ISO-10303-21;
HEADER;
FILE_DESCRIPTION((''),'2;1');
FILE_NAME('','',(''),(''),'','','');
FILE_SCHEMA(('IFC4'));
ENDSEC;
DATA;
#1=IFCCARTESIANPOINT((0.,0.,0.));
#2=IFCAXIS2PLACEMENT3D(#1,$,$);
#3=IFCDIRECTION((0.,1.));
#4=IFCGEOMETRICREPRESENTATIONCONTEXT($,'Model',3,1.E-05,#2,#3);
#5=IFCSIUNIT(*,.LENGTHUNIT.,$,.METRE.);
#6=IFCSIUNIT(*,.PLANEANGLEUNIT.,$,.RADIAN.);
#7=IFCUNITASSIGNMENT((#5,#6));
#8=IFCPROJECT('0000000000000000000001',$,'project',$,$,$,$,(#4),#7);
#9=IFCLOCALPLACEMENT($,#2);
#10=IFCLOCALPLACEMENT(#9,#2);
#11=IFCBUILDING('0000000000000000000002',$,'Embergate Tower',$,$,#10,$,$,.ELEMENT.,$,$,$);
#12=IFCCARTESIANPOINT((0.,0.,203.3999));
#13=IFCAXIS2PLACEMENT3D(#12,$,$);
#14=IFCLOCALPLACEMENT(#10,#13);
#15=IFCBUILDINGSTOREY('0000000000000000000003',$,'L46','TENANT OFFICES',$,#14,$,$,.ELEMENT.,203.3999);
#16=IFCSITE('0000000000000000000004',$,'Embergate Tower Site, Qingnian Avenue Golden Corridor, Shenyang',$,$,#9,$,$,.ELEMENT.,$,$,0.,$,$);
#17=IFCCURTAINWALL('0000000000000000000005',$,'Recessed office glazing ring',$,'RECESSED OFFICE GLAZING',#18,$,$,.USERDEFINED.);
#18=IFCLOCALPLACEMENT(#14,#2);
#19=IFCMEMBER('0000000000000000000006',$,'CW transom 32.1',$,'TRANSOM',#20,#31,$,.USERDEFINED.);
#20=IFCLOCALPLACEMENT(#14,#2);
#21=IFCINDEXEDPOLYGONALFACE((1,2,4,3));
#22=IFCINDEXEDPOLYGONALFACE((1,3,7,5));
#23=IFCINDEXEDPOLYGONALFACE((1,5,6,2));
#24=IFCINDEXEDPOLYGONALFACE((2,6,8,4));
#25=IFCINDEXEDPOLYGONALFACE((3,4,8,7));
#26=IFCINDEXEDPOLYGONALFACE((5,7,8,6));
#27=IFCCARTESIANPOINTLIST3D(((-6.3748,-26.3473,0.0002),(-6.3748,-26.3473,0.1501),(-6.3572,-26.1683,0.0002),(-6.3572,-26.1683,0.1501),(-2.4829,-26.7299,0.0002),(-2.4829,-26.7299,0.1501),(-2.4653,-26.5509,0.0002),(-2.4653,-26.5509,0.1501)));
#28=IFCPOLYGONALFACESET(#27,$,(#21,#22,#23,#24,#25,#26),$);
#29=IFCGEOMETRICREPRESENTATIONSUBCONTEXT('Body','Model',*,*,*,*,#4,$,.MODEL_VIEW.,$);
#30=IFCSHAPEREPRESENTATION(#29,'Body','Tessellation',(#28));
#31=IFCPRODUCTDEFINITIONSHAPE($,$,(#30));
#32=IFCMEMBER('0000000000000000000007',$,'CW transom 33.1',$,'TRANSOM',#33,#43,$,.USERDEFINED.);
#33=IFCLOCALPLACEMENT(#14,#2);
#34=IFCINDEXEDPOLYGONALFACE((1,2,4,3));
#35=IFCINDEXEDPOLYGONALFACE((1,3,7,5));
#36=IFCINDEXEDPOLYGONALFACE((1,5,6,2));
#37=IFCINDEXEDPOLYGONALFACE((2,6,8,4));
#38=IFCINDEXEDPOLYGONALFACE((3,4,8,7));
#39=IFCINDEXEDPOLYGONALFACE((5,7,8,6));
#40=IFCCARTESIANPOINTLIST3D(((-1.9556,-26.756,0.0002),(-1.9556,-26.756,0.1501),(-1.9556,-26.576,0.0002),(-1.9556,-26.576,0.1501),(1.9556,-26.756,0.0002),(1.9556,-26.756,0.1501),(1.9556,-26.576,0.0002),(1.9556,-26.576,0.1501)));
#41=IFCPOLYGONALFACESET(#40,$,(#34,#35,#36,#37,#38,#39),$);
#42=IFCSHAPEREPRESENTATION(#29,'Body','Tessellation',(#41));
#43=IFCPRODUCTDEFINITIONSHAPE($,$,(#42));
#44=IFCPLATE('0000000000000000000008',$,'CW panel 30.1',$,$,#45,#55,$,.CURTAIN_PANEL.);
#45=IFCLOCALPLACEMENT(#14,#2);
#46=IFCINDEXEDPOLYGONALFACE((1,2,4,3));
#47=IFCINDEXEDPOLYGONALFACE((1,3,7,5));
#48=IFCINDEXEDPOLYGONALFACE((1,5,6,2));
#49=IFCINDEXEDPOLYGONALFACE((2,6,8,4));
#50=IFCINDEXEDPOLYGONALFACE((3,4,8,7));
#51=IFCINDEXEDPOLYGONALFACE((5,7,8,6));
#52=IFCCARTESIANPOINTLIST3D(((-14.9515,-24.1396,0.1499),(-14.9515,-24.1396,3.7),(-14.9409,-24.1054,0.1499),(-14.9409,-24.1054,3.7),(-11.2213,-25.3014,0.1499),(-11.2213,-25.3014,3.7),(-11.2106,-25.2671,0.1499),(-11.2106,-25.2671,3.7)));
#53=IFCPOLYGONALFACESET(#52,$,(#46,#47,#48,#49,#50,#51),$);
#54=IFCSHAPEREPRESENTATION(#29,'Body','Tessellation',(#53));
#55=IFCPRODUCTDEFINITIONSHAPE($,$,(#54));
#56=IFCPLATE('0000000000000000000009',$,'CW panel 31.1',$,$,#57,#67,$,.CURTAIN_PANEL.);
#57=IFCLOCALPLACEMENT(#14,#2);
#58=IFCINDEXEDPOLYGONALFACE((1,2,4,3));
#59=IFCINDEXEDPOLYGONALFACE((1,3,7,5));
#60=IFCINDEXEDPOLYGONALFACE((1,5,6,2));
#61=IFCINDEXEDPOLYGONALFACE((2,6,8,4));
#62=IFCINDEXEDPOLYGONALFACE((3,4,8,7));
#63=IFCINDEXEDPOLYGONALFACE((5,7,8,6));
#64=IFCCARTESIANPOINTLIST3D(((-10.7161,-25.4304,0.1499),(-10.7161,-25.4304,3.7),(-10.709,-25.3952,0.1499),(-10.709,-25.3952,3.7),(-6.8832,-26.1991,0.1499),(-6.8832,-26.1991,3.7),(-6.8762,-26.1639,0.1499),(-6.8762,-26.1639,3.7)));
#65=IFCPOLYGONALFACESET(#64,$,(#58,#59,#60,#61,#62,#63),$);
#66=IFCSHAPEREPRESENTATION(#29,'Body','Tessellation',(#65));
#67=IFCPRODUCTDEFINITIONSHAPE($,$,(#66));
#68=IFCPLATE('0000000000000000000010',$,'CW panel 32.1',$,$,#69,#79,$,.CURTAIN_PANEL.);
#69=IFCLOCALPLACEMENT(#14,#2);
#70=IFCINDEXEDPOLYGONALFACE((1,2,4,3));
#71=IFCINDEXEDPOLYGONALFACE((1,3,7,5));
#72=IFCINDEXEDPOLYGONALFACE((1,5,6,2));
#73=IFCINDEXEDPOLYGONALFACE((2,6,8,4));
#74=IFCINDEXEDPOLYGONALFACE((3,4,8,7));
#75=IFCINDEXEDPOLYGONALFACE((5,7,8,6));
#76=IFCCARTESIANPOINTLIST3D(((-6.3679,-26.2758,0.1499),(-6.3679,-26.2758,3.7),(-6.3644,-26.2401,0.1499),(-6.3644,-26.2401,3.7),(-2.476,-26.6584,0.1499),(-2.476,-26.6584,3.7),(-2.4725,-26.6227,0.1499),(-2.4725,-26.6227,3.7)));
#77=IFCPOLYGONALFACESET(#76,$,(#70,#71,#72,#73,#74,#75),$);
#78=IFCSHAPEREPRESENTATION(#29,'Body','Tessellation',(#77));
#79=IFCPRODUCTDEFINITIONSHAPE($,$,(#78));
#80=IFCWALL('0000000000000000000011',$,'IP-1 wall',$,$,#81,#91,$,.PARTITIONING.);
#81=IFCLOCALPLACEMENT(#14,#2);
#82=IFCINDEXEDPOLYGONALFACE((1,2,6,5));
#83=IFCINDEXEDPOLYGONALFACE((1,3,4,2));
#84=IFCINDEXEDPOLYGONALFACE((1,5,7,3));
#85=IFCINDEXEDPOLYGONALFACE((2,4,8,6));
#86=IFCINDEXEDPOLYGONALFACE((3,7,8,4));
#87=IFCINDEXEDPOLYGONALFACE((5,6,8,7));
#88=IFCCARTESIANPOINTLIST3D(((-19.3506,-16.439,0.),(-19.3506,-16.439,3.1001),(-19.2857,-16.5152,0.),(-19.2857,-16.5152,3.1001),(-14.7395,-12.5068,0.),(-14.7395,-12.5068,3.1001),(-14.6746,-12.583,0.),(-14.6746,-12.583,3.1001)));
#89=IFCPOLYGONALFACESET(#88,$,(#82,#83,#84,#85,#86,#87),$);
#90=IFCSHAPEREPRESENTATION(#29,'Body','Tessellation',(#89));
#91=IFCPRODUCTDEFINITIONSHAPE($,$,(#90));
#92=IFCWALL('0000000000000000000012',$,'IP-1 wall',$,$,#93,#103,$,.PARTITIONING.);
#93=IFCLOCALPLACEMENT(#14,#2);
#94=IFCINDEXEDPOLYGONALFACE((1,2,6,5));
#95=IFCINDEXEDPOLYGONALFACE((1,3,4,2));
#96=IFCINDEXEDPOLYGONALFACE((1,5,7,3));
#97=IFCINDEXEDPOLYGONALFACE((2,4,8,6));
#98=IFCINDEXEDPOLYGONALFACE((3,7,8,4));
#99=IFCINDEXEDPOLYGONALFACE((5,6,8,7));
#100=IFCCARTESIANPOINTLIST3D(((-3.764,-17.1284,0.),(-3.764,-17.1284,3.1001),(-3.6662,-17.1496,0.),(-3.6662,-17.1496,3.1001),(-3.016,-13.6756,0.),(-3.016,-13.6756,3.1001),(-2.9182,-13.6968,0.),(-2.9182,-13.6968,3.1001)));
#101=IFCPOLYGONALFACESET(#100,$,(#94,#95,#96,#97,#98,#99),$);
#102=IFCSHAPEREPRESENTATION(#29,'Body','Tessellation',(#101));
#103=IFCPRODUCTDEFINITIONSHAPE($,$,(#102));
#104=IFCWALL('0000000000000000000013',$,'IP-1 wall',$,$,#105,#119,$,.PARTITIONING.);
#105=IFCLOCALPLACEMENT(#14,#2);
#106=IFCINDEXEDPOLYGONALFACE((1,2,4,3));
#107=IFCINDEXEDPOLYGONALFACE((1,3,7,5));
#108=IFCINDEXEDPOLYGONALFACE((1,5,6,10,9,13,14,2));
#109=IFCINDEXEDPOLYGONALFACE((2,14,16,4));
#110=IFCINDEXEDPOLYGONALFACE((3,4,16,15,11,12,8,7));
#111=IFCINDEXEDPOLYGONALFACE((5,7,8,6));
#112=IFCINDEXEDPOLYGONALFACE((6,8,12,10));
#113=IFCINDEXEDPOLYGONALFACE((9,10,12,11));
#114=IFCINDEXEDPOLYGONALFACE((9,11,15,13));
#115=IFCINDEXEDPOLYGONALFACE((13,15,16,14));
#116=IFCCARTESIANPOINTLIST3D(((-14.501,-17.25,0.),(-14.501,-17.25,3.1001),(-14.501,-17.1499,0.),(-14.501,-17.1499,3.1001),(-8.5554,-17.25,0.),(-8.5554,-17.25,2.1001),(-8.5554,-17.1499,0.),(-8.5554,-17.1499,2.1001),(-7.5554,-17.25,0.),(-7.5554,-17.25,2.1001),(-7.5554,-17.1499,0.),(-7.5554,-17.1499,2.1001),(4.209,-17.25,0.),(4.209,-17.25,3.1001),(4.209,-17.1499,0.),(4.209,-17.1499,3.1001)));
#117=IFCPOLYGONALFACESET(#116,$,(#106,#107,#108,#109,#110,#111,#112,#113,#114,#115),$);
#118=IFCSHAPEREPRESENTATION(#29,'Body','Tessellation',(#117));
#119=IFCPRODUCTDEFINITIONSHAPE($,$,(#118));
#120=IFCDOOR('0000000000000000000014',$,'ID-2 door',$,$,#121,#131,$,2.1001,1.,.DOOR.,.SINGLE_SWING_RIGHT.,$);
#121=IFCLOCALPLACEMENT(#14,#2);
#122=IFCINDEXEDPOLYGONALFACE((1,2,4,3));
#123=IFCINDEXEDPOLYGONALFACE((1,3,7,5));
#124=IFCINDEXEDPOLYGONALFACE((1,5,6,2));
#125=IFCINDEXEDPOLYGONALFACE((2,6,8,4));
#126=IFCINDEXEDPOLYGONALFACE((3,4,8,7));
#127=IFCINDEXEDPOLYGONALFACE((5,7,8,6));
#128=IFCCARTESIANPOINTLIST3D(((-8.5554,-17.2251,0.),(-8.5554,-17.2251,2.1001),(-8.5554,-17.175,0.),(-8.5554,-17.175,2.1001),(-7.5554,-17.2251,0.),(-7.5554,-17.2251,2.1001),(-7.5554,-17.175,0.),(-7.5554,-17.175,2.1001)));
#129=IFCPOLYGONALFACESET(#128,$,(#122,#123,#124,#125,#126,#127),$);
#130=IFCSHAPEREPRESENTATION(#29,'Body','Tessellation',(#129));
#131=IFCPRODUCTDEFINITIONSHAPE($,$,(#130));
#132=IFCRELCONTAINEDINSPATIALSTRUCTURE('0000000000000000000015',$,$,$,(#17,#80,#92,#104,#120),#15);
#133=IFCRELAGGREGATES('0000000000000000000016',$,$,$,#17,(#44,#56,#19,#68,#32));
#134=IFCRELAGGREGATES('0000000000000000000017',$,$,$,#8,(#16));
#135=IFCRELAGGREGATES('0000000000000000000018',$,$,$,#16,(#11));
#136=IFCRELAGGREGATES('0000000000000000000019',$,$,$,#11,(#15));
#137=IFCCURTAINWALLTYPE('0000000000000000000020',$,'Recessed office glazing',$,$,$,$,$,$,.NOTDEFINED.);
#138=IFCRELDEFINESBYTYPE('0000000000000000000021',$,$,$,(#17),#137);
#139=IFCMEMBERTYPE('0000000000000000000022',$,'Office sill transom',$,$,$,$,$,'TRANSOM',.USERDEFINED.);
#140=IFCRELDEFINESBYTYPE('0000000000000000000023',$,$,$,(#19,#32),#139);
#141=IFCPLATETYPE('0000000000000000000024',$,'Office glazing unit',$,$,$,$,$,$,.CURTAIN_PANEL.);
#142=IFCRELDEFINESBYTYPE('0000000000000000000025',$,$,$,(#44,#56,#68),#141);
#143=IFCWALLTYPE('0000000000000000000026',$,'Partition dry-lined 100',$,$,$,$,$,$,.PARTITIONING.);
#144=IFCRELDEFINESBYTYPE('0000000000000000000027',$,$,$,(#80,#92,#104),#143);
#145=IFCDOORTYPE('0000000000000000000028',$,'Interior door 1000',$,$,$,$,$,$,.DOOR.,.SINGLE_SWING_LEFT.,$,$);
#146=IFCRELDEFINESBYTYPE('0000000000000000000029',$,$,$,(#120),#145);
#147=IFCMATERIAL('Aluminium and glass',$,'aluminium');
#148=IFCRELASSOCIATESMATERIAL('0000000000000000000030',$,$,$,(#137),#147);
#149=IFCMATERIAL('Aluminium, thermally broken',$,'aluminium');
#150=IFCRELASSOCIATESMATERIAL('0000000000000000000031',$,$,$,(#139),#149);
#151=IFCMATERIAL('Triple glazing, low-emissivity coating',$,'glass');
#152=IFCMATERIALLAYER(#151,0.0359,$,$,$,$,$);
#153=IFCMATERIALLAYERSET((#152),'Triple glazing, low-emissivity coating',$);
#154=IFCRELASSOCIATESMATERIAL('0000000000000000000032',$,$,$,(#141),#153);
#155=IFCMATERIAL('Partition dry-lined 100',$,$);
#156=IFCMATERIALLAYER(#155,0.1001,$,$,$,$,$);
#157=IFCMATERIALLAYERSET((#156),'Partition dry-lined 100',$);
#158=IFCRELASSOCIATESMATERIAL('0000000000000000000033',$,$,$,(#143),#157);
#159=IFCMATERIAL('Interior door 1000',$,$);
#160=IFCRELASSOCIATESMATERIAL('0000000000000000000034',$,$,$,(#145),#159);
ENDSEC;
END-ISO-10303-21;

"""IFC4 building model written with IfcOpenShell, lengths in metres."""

from ifc_helpers import new_model, si_unit, direction, frame, frame_2d, origin, origin_2d, place, context, subcontext, project, spatial, rectangle, extrude, source, transform, mapped, material, layer, layer_set, material_profile, profile_set, type_object, element, fill, aggregate, save


model = new_model("IFC4")

# Units and contexts
model_context = context("Model", 3, precision=1e-05, world=origin(), true_north=direction((0.0, 1.0)))
body_context = subcontext(model_context, "Body", "Model", "MODEL_VIEW")
ifc_project = project(units=[si_unit("LENGTHUNIT", "METRE"), si_unit("PLANEANGLEUNIT", "RADIAN")], contexts=[model_context])

# Site, building, storey
site_placement = place(None, origin())
site = spatial("IfcSite", under=ifc_project, at=site_placement, Name="Embergate Tower Site, Qingnian Avenue Golden Corridor, Shenyang", CompositionType="ELEMENT", RefElevation=0.0)
building_placement = place(site_placement, origin())
building = spatial("IfcBuilding", under=site, at=building_placement, Name="Embergate Tower", CompositionType="ELEMENT")
storey_placement = place(building_placement, frame((0.0, 0.0, 203.3999)))
storey = spatial("IfcBuildingStorey", under=building, at=storey_placement, Name="L46", Description="TENANT OFFICES", CompositionType="ELEMENT", Elevation=203.3999)

# Curtain wall, members
ifc_material_1 = material(Name="Aluminium and glass", Category="aluminium")
curtain_wall_type = type_object("IfcCurtainWallType", Name="Recessed office glazing", PredefinedType="NOTDEFINED", material=ifc_material_1)
curtain_wall_placement = place(storey_placement, origin())
curtain_wall = element("IfcCurtainWall", 1, at=curtain_wall_placement, inside=storey, type_object=curtain_wall_type, Name="Recessed office glazing ring", ObjectType="RECESSED OFFICE GLAZING", PredefinedType="USERDEFINED")
ifc_material_2 = material(Name="Aluminium, thermally broken", Category="aluminium")
ifc_material_profile_1 = material_profile(ifc_material_2, rectangle(XDim=0.1799, YDim=0.1499, at=origin_2d()), Name="AL 150x180")
ifc_profile_set_1 = profile_set([ifc_material_profile_1], Name="Aluminium, thermally broken")
member_type_1 = type_object("IfcMemberType", Name="Office sill transom", ElementType="TRANSOM", PredefinedType="USERDEFINED", material=ifc_profile_set_1)
shared_shape_1 = source(origin(), body_context, "Body", "SweptSolid", [
    extrude(rectangle(XDim=0.1799, YDim=0.1499, at=origin_2d()), origin(), (0.0, 0.0, 1.0), 3.9106),
])
member_1_placement = place(storey_placement, frame((-6.366, -26.2578, 0.0752), z_axis=(0.995203, -0.097828, 0.0), x_axis=(0.097828, 0.995203, 0.0)))
member_1 = element("IfcMember", 2, at=member_1_placement, type_object=member_type_1, Name="CW transom 32.1", ObjectType="TRANSOM", PredefinedType="USERDEFINED", context=body_context, shape_type="MappedRepresentation", body=[
    mapped(shared_shape_1, transform((0.0, 0.0, 0.0))),
])
shared_shape_2 = source(origin(), body_context, "Body", "SweptSolid", [
    extrude(rectangle(XDim=0.1799, YDim=0.1499, at=origin_2d()), origin(), (0.0, 0.0, 1.0), 3.9111),
])
member_2_placement = place(storey_placement, frame((-1.9556, -26.666, 0.0752), z_axis=(1.0, 0.0, 0.0), x_axis=(0.0, 1.0, 0.0)))
member_2 = element("IfcMember", 3, at=member_2_placement, type_object=member_type_1, Name="CW transom 33.1", ObjectType="TRANSOM", PredefinedType="USERDEFINED", context=body_context, shape_type="MappedRepresentation", body=[
    mapped(shared_shape_2, transform((0.0, 0.0, 0.0))),
])

# Plates
ifc_material_3 = material(Name="Triple glazing, low-emissivity coating", Category="glass")
ifc_layer_1 = layer(ifc_material_3, 0.0359)
ifc_layer_set_1 = layer_set([ifc_layer_1], Name="Triple glazing, low-emissivity coating")
plate_type = type_object("IfcPlateType", Name="Office glazing unit", PredefinedType="CURTAIN_PANEL", material=ifc_layer_set_1)
shared_shape_3 = source(origin(), body_context, "Body", "SweptSolid", [
    extrude(rectangle(XDim=3.907, YDim=0.0359, at=origin_2d()), origin(), (0.0, 0.0, 1.0), 3.55),
])
plate_1_placement = place(storey_placement, frame((-13.0811, -24.7034, 0.1499), z_axis=(0.0, 0.0, 1.0), x_axis=(0.95477, -0.297347, 0.0)))
plate_1 = element("IfcPlate", 4, at=plate_1_placement, type_object=plate_type, Name="CW panel 30.1", PredefinedType="CURTAIN_PANEL", context=body_context, shape_type="MappedRepresentation", body=[
    mapped(shared_shape_3, transform((0.0, 0.0, 0.0))),
])
shared_shape_4 = source(origin(), body_context, "Body", "SweptSolid", [
    extrude(rectangle(XDim=3.9092, YDim=0.0359, at=origin_2d()), origin(), (0.0, 0.0, 1.0), 3.55),
])
plate_2_placement = place(storey_placement, frame((-8.7961, -25.7971, 0.1499), z_axis=(0.0, 0.0, 1.0), x_axis=(0.980475, -0.196646, 0.0)))
plate_2 = element("IfcPlate", 5, at=plate_2_placement, type_object=plate_type, Name="CW panel 31.1", PredefinedType="CURTAIN_PANEL", context=body_context, shape_type="MappedRepresentation", body=[
    mapped(shared_shape_4, transform((0.0, 0.0, 0.0))),
])
shared_shape_5 = source(origin(), body_context, "Body", "SweptSolid", [
    extrude(rectangle(XDim=3.9106, YDim=0.0359, at=origin_2d()), origin(), (0.0, 0.0, 1.0), 3.55),
])
plate_3_placement = place(storey_placement, frame((-4.4202, -26.4492, 0.1499), z_axis=(0.0, 0.0, 1.0), x_axis=(0.995203, -0.097833, 0.0)))
plate_3 = element("IfcPlate", 6, at=plate_3_placement, type_object=plate_type, Name="CW panel 32.1", PredefinedType="CURTAIN_PANEL", context=body_context, shape_type="MappedRepresentation", body=[
    mapped(shared_shape_5, transform((0.0, 0.0, 0.0))),
])
aggregate(curtain_wall, [plate_1, plate_2, member_1, plate_3, member_2])

# Walls
ifc_material_4 = material(Name="Partition dry-lined 100")
ifc_layer_2 = layer(ifc_material_4, 0.1001)
ifc_layer_set_2 = layer_set([ifc_layer_2], Name="Partition dry-lined 100")
wall_type = type_object("IfcWallType", Name="Partition dry-lined 100", PredefinedType="PARTITIONING", material=ifc_layer_set_2)
shared_shape_6 = source(origin(), body_context, "Body", "SweptSolid", [
    extrude(rectangle(XDim=6.0601, YDim=0.1001, at=frame_2d((3.03, 0.0))), origin(), (0.0, 0.0, 1.0), 3.1001),
])
wall_1_placement = place(storey_placement, frame((-14.707, -12.5449, 0.0), z_axis=(0.0, 0.0, 1.0), x_axis=(-0.760904, -0.648865, 0.0)))
element("IfcWall", 7, at=wall_1_placement, inside=storey, type_object=wall_type, Name="IP-1 wall", PredefinedType="PARTITIONING", context=body_context, shape_type="MappedRepresentation", body=[
    mapped(shared_shape_6, transform((0.0, 0.0, 0.0))),
])
shared_shape_7 = source(origin(), body_context, "Body", "SweptSolid", [
    extrude(rectangle(XDim=3.533, YDim=0.1001, at=frame_2d((1.7666, 0.0))), origin(), (0.0, 0.0, 1.0), 3.1001),
])
wall_2_placement = place(storey_placement, frame((-2.967, -13.686, 0.0), z_axis=(0.0, 0.0, 1.0), x_axis=(-0.211732, -0.977328, 0.0)))
element("IfcWall", 8, at=wall_2_placement, inside=storey, type_object=wall_type, Name="IP-1 wall", PredefinedType="PARTITIONING", context=body_context, shape_type="MappedRepresentation", body=[
    mapped(shared_shape_7, transform((0.0, 0.0, 0.0))),
])

# Wall, opening, door
shared_shape_8 = source(origin(), body_context, "Body", "SweptSolid", [
    extrude(rectangle(XDim=18.71, YDim=0.1001, at=frame_2d((9.355, 0.0))), origin(), (0.0, 0.0, 1.0), 3.1001),
])
wall_3_placement = place(storey_placement, frame((-14.501, -17.2, 0.0), z_axis=(0.0, 0.0, 1.0), x_axis=(1.0, 0.0, 0.0)))
wall_3 = element("IfcWall", 9, at=wall_3_placement, inside=storey, type_object=wall_type, Name="IP-1 wall", PredefinedType="PARTITIONING", context=body_context, shape_type="MappedRepresentation", body=[
    mapped(shared_shape_8, transform((0.0, 0.0, 0.0))),
])
shared_shape_9 = source(origin(), body_context, "Body", "SweptSolid", [
    extrude(rectangle(XDim=1.0, YDim=2.1001, at=frame_2d((0.5, 1.05))), frame((0.0, 0.0601, 0.0), z_axis=(0.0, -1.0, 0.0), x_axis=(1.0, 0.0, 0.0)), (0.0, 0.0, 1.0), 0.1201),
])
opening_placement = place(wall_3_placement, frame((5.9456, 0.0, 0.0)))
opening = element("IfcOpeningElement", 10, at=opening_placement, cuts=wall_3, PredefinedType="OPENING", context=body_context, shape_type="MappedRepresentation", body=[
    mapped(shared_shape_9, transform((0.0, 0.0, 0.0))),
])
ifc_material_5 = material(Name="Interior door 1000")
door_type = type_object("IfcDoorType", Name="Interior door 1000", OperationType="SINGLE_SWING_LEFT", PredefinedType="DOOR", material=ifc_material_5)
shared_shape_10 = source(origin(), body_context, "Body", "SweptSolid", [
    extrude(rectangle(XDim=1.0, YDim=2.1001, at=frame_2d((0.5, 1.05))), frame((0.0, 0.0249, 0.0), z_axis=(0.0, -1.0, 0.0), x_axis=(1.0, 0.0, 0.0)), (0.0, 0.0, 1.0), 0.05),
])
door_placement = place(opening_placement, origin())
door = element("IfcDoor", 11, at=door_placement, inside=storey, type_object=door_type, Name="ID-2 door", OperationType="SINGLE_SWING_RIGHT", OverallHeight=2.1001, OverallWidth=1.0, PredefinedType="DOOR", context=body_context, shape_type="MappedRepresentation", body=[
    mapped(shared_shape_10, transform((0.0, 0.0, 0.0))),
])
fill(opening, door)

save(model, "model.ifc")
